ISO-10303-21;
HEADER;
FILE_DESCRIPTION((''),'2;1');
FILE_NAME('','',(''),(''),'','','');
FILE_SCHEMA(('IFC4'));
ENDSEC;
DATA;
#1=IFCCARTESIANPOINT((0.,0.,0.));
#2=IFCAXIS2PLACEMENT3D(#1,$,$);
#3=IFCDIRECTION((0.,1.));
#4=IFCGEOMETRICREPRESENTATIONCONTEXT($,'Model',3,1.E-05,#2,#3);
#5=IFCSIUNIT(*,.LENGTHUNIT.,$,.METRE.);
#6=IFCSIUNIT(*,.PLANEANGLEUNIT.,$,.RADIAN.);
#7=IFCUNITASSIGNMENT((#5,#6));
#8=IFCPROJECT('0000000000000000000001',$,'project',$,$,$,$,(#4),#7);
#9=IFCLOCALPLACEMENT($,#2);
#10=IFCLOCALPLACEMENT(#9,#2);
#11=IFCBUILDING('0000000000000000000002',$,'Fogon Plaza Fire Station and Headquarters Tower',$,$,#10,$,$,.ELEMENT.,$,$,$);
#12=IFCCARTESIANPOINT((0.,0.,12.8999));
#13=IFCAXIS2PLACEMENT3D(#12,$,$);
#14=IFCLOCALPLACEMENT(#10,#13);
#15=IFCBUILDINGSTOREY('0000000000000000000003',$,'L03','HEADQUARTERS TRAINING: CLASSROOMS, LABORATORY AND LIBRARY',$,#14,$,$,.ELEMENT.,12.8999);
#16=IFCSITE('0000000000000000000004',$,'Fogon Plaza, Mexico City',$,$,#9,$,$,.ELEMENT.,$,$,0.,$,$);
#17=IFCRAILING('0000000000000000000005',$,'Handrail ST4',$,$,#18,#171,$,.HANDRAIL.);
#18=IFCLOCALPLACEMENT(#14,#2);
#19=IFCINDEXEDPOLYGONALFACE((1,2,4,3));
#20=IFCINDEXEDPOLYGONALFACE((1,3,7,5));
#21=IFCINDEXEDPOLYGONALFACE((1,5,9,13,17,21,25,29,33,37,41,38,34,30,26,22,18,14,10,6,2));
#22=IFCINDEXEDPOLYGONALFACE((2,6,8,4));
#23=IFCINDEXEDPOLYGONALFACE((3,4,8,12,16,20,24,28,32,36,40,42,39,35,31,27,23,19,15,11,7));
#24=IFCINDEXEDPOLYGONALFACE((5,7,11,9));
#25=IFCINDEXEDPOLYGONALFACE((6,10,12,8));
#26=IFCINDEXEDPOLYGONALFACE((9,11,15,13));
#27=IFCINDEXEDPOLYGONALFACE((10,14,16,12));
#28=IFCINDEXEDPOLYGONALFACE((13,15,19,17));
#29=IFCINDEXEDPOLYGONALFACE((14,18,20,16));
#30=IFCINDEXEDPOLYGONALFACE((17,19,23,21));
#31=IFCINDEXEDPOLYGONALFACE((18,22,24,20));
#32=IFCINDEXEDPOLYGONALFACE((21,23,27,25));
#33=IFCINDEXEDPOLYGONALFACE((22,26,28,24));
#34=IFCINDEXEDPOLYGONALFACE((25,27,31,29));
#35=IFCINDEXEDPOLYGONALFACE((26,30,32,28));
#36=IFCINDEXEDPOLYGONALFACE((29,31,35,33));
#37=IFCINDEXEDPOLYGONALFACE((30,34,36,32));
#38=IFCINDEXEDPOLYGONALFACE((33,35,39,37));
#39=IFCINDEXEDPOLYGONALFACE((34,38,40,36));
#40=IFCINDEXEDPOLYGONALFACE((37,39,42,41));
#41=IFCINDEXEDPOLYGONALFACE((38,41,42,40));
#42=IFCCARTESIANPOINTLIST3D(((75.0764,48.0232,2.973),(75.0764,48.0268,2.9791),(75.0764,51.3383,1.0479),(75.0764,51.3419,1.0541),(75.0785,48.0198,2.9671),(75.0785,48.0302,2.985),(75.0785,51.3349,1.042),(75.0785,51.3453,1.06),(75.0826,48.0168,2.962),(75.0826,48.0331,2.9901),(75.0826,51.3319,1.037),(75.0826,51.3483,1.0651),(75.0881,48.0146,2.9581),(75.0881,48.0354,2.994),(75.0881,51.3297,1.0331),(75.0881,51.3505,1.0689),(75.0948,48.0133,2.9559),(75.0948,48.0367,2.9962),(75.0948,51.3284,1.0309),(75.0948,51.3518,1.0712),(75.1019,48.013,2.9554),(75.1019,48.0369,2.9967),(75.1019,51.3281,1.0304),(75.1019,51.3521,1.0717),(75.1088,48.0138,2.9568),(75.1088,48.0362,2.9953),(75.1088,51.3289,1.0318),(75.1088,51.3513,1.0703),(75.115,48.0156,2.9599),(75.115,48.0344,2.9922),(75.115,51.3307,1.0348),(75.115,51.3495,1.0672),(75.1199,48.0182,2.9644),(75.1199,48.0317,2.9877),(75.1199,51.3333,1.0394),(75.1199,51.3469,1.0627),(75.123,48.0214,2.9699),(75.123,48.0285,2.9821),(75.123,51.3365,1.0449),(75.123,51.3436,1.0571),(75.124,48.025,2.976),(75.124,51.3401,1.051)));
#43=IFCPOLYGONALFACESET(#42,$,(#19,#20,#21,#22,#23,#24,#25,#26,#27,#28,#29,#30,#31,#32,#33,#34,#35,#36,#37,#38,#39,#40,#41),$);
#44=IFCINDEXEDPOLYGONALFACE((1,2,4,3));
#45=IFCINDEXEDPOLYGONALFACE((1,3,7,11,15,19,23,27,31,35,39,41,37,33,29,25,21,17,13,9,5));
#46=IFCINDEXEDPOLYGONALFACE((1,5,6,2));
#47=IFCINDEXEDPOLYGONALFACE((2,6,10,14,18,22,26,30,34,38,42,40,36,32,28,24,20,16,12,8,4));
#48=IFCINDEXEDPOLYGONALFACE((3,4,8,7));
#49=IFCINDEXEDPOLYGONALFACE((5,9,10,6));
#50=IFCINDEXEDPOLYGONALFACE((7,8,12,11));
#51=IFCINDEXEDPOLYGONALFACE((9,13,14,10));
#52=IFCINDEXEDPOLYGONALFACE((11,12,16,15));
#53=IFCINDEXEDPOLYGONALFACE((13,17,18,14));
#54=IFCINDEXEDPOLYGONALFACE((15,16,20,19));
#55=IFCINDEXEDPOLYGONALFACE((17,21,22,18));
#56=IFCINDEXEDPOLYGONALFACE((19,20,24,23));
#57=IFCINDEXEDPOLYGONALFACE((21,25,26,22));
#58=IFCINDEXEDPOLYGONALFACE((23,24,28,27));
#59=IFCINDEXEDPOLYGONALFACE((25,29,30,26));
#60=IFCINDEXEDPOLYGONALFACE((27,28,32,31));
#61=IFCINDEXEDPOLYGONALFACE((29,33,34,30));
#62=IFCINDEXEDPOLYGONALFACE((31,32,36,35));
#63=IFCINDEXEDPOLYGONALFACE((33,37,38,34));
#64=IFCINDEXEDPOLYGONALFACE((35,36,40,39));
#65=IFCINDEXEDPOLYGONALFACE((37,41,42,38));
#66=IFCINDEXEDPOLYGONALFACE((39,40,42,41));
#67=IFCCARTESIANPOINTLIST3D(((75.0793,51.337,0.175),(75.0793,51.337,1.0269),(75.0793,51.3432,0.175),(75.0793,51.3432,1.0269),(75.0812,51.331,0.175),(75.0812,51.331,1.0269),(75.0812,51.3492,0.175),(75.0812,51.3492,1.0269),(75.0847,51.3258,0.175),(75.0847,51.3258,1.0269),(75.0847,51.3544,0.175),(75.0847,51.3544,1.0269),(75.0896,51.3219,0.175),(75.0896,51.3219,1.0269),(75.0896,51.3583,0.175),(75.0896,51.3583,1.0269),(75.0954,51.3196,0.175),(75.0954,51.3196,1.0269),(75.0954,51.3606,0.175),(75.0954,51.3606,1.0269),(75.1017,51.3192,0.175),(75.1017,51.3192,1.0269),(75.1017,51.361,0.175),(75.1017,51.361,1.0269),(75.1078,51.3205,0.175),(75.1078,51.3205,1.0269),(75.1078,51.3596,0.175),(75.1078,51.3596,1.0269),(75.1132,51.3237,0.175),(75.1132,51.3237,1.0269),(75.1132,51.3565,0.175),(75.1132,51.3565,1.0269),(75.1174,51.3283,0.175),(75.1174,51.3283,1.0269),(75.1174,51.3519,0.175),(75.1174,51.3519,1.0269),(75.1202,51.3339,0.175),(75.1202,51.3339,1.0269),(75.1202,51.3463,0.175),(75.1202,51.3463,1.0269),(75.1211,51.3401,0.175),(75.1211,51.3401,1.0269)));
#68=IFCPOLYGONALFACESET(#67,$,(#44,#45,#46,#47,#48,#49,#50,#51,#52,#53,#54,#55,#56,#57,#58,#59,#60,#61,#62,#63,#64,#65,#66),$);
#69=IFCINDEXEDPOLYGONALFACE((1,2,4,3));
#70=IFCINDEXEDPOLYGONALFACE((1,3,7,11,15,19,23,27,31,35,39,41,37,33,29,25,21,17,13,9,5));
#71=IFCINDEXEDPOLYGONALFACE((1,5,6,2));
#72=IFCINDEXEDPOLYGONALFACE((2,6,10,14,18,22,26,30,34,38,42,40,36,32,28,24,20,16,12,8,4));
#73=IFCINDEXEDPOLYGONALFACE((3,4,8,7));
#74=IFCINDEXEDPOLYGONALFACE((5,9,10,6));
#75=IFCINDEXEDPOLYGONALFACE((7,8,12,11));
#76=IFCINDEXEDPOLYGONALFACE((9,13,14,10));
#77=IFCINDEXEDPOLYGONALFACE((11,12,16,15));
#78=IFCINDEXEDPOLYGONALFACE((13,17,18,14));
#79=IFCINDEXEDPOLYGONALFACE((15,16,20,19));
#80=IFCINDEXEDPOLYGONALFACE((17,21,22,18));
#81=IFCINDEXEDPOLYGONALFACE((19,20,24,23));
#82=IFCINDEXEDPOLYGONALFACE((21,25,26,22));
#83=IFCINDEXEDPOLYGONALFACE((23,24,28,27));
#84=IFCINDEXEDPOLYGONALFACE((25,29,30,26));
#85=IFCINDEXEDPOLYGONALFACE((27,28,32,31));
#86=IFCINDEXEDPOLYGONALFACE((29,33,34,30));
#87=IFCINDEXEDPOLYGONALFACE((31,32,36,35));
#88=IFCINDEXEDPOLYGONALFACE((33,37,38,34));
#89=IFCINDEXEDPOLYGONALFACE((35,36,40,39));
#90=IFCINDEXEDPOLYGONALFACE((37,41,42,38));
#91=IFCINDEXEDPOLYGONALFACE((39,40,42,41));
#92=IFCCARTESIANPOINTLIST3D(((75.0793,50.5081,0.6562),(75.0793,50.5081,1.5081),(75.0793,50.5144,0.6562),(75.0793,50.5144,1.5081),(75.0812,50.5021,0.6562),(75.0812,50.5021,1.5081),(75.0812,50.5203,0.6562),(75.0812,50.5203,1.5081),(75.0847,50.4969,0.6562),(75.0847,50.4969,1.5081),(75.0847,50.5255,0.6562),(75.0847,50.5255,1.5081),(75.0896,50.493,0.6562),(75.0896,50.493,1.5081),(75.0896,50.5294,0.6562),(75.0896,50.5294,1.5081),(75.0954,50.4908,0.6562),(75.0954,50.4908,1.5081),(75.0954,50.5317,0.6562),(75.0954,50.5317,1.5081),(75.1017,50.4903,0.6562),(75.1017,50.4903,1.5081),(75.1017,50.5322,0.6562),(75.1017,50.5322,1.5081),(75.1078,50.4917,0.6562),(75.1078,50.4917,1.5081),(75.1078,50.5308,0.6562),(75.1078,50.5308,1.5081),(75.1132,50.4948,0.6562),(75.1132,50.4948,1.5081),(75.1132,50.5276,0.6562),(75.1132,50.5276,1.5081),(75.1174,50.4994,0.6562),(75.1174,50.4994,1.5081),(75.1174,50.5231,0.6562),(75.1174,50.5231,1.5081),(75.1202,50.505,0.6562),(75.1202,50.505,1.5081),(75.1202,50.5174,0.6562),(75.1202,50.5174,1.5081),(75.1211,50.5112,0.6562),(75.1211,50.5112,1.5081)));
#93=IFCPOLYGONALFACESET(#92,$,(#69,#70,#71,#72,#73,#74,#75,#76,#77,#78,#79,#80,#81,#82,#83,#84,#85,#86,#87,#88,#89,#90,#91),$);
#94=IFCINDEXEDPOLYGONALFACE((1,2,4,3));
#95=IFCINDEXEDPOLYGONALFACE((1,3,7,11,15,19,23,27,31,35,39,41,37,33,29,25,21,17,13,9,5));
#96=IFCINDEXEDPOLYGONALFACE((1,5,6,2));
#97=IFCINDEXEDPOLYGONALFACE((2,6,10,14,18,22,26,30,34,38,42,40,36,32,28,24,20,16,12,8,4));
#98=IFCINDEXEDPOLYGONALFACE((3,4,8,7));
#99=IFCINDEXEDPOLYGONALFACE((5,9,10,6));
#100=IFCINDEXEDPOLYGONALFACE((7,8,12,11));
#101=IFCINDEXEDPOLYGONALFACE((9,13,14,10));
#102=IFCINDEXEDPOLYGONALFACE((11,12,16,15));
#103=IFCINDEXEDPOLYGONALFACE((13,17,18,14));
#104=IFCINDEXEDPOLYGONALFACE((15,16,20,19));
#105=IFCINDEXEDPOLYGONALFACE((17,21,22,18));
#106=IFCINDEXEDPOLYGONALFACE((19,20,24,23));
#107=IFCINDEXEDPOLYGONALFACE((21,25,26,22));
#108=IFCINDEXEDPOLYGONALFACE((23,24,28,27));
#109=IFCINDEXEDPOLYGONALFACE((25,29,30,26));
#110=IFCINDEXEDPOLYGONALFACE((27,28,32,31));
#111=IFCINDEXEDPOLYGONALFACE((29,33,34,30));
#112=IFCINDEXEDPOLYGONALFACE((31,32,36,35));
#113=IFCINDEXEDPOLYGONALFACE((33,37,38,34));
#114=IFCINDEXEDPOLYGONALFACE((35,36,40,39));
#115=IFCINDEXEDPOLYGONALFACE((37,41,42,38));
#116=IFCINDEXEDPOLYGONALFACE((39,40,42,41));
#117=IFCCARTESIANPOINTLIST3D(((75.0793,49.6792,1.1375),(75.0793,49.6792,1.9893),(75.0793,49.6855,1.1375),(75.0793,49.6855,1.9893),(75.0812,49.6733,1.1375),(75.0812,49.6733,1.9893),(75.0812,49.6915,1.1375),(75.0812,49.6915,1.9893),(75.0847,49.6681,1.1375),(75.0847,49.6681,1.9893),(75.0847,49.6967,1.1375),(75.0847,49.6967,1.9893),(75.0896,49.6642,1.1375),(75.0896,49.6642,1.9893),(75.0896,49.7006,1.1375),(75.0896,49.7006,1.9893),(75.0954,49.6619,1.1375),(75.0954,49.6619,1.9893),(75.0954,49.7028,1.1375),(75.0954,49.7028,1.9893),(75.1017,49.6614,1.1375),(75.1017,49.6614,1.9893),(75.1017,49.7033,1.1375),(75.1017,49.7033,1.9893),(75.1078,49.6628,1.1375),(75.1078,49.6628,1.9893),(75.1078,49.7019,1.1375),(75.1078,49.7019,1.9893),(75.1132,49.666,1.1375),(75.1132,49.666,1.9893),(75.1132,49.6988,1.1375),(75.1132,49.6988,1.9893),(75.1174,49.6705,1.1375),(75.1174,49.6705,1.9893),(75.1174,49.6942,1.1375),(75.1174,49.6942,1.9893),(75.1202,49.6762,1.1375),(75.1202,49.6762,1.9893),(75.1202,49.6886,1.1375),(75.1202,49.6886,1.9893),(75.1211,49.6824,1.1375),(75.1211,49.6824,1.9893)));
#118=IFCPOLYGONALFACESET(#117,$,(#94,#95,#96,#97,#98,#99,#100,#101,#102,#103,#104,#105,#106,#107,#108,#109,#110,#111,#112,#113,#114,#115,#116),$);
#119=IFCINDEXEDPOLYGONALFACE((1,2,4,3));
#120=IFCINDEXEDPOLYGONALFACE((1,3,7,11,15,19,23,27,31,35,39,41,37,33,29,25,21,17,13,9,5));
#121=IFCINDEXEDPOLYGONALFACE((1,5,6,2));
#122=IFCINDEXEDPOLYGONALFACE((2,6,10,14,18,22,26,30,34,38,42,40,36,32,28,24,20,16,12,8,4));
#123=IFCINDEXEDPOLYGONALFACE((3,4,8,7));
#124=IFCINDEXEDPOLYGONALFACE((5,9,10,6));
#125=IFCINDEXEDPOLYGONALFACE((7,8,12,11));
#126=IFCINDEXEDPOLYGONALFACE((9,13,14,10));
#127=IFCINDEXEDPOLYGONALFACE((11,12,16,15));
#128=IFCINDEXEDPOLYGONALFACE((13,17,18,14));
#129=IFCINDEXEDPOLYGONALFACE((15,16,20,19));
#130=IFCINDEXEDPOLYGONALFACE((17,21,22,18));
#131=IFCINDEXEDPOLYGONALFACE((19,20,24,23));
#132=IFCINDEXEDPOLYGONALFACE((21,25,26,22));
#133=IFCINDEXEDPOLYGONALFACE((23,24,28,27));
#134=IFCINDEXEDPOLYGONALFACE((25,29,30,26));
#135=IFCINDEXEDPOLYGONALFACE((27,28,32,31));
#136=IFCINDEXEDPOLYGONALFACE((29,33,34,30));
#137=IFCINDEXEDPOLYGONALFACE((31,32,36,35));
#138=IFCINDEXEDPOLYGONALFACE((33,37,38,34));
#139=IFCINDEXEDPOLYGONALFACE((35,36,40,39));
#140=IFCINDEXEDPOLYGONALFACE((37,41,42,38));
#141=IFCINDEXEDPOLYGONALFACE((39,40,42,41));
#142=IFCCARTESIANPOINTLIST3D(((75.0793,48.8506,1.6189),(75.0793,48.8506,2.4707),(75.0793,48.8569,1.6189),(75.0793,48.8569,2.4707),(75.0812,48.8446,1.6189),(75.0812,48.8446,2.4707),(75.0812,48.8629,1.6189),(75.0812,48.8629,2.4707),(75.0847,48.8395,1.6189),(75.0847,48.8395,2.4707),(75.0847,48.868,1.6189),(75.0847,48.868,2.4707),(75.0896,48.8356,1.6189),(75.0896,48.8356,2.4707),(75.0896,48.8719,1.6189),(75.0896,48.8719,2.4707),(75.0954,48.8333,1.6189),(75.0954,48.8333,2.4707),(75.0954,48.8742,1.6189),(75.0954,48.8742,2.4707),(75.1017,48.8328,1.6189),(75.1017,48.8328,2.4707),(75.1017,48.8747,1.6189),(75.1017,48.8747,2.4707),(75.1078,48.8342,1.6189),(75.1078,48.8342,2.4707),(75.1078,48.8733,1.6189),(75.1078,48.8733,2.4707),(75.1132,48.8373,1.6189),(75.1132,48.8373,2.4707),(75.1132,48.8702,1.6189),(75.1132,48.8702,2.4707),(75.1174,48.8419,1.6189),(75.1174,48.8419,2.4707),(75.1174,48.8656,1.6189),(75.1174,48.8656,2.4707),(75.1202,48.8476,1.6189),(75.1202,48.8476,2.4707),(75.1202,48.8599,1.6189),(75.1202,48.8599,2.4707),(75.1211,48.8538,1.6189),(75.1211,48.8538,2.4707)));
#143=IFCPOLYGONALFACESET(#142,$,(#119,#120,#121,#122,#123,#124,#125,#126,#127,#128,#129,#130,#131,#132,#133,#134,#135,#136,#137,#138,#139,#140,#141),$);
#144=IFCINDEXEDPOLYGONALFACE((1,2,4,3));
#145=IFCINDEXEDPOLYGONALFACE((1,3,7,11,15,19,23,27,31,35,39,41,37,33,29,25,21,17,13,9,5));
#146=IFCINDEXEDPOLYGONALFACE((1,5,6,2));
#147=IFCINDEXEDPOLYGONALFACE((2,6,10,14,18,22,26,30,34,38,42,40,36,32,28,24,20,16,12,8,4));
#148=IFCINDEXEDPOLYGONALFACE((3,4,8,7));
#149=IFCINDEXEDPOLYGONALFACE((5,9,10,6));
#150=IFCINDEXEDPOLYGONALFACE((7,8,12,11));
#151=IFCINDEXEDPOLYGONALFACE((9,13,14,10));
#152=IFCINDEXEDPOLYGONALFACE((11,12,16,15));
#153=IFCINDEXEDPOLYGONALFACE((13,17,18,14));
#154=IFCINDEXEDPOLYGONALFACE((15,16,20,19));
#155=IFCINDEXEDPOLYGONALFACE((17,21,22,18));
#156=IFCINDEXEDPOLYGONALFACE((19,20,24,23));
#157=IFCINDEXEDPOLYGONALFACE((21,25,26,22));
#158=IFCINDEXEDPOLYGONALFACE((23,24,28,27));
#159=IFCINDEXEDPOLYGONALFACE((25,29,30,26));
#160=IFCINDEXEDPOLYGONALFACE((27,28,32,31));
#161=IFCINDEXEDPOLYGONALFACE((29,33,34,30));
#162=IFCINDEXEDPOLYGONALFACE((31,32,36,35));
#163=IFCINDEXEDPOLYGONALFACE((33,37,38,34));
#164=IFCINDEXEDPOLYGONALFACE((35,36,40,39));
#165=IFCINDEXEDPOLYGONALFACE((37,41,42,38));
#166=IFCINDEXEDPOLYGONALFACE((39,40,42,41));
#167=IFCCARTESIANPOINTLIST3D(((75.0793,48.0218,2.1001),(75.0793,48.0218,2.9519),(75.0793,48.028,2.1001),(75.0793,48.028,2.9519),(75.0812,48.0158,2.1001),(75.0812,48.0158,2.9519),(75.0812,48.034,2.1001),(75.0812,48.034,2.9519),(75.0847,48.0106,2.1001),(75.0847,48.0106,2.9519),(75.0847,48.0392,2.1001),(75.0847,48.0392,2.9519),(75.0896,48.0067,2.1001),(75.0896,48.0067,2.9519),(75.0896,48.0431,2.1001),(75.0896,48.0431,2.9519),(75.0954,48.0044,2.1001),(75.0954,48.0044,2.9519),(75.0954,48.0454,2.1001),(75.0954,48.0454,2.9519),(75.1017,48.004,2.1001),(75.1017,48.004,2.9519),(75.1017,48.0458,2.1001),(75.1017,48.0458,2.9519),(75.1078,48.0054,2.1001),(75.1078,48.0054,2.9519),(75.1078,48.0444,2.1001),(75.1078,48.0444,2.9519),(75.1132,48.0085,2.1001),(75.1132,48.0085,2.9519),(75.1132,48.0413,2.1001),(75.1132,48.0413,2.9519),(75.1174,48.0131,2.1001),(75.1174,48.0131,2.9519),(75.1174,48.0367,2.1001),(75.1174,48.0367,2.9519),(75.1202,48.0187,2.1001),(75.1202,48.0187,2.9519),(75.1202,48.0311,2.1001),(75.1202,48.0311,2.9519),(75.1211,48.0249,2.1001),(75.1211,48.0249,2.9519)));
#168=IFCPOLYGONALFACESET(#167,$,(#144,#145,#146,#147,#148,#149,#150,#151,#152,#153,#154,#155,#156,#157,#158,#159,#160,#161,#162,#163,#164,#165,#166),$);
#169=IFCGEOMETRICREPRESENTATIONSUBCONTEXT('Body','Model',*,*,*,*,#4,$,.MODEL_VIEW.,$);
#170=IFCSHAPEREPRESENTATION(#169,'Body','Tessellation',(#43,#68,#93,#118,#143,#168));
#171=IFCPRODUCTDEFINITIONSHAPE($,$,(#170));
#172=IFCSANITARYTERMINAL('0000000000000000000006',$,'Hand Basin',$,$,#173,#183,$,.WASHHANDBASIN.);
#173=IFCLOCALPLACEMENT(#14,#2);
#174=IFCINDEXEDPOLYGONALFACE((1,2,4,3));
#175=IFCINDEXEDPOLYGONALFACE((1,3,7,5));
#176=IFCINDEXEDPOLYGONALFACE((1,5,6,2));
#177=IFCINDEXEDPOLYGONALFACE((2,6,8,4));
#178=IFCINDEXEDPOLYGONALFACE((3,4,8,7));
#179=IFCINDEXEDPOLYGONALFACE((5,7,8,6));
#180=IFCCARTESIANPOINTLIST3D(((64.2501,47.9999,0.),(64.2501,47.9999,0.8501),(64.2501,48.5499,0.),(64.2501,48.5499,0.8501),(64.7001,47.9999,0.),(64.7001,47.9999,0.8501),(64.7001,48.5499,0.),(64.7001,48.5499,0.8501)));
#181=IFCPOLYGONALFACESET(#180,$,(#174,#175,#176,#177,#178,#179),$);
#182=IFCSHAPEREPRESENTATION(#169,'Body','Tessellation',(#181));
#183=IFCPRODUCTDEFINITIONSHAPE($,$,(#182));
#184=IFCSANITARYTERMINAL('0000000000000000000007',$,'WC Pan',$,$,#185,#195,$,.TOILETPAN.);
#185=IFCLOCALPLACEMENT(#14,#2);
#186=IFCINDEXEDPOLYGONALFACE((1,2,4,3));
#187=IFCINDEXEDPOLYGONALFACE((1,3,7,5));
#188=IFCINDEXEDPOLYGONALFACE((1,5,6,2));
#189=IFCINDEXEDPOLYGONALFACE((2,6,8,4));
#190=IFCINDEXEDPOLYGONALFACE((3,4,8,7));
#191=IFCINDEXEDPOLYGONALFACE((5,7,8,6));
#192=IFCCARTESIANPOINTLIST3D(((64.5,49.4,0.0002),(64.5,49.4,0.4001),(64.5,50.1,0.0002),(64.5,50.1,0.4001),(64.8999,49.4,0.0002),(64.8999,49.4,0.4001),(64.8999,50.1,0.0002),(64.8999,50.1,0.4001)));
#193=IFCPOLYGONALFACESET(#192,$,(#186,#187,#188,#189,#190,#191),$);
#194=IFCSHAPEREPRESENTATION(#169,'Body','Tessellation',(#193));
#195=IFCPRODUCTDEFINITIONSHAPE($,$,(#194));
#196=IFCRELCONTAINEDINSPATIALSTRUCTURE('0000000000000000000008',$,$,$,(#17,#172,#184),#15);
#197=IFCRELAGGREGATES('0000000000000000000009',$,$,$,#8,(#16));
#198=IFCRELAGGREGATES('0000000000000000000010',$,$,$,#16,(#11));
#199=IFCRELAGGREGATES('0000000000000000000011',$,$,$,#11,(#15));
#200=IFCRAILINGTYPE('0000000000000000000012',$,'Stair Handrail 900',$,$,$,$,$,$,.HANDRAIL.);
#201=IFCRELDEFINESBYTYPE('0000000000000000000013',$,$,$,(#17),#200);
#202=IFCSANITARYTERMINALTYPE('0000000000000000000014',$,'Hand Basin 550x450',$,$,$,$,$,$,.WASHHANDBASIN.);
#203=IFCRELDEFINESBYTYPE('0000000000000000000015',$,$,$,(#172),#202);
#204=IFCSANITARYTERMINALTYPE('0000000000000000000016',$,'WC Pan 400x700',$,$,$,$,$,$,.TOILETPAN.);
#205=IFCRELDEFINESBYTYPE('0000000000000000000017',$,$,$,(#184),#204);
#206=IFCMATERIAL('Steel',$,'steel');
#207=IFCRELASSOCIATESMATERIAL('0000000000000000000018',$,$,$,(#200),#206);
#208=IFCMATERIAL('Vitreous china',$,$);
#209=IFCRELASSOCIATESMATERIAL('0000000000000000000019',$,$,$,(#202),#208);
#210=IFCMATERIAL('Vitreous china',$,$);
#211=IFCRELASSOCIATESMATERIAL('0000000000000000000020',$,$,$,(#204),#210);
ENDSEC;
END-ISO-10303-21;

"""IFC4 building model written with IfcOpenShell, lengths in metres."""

from ifc_helpers import new_model, si_unit, direction, frame, origin, origin_2d, place, context, subcontext, project, spatial, rectangle, circle, extrude, material, type_object, element, save


model = new_model("IFC4")

# Units and contexts
model_context = context("Model", 3, precision=1e-05, world=origin(), true_north=direction((0.0, 1.0)))
body_context = subcontext(model_context, "Body", "Model", "MODEL_VIEW")
ifc_project = project(units=[si_unit("LENGTHUNIT", "METRE"), si_unit("PLANEANGLEUNIT", "RADIAN")], contexts=[model_context])

# Site, building, storey
site_placement = place(None, origin())
site = spatial("IfcSite", under=ifc_project, at=site_placement, Name="Fogon Plaza, Mexico City", CompositionType="ELEMENT", RefElevation=0.0)
building_placement = place(site_placement, origin())
building = spatial("IfcBuilding", under=site, at=building_placement, Name="Fogon Plaza Fire Station and Headquarters Tower", CompositionType="ELEMENT")
storey_placement = place(building_placement, frame((0.0, 0.0, 12.8999)))
storey = spatial("IfcBuildingStorey", under=building, at=storey_placement, Name="L03", Description="HEADQUARTERS TRAINING: CLASSROOMS, LABORATORY AND LIBRARY", CompositionType="ELEMENT", Elevation=12.8999)

# Railing
ifc_material_1 = material(Name="Steel", Category="steel")
railing_type = type_object("IfcRailingType", Name="Stair Handrail 900", PredefinedType="HANDRAIL", material=ifc_material_1)
for number, where, name in (
    (1, (75.1001, 51.3401, 0.175), "Handrail ST4"),
):
    element("IfcRailing", number, at=place(storey_placement, frame(where)), inside=storey, type_object=railing_type, Name=name, PredefinedType="HANDRAIL", context=body_context, shape_type="SweptSolid", body=[
        extrude(circle(Radius=0.0239, at=origin_2d()), frame((0.0, 0.0, 0.876), z_axis=(0.0, -0.864777, 0.502155), x_axis=(1.0, 0.0, 0.0)), (0.0, 0.0, 1.0), 3.8335),
        extrude(circle(Radius=0.021, at=origin_2d()), origin(), (0.0, 0.0, 1.0), 0.8518),
        extrude(circle(Radius=0.021, at=origin_2d()), frame((0.0, -0.8289, 0.4812)), (0.0, 0.0, 1.0), 0.8518),
        extrude(circle(Radius=0.021, at=origin_2d()), frame((0.0, -1.6577, 0.9624)), (0.0, 0.0, 1.0), 0.8518),
        extrude(circle(Radius=0.021, at=origin_2d()), frame((0.0, -2.4863, 1.4438)), (0.0, 0.0, 1.0), 0.8518),
        extrude(circle(Radius=0.021, at=origin_2d()), frame((0.0, -3.3152, 1.925)), (0.0, 0.0, 1.0), 0.8518),
    ])

# Sanitary terminals
ifc_material_2 = material(Name="Vitreous china")
sanitary_terminal_type_1 = type_object("IfcSanitaryTerminalType", Name="Hand Basin 550x450", PredefinedType="WASHHANDBASIN", material=ifc_material_2)
sanitary_terminal_1_placement = place(storey_placement, frame((64.4751, 48.2749, 0.0), z_axis=(0.0, 0.0, 1.0), x_axis=(1.0, 0.0, 0.0)))
element("IfcSanitaryTerminal", 2, at=sanitary_terminal_1_placement, inside=storey, type_object=sanitary_terminal_type_1, Name="Hand Basin", PredefinedType="WASHHANDBASIN", context=body_context, shape_type="SweptSolid", body=[
    extrude(rectangle(XDim=0.45, YDim=0.55, at=origin_2d()), origin(), (0.0, 0.0, 1.0), 0.8501),
])
ifc_material_3 = material(Name="Vitreous china")
sanitary_terminal_type_2 = type_object("IfcSanitaryTerminalType", Name="WC Pan 400x700", PredefinedType="TOILETPAN", material=ifc_material_3)
sanitary_terminal_2_placement = place(storey_placement, frame((64.7, 49.75, 0.0002), z_axis=(0.0, 0.0, 1.0), x_axis=(1.0, 0.0, 0.0)))
element("IfcSanitaryTerminal", 3, at=sanitary_terminal_2_placement, inside=storey, type_object=sanitary_terminal_type_2, Name="WC Pan", PredefinedType="TOILETPAN", context=body_context, shape_type="SweptSolid", body=[
    extrude(rectangle(XDim=0.3999, YDim=0.7, at=origin_2d()), origin(), (0.0, 0.0, 1.0), 0.3999),
])

save(model, "model.ifc")
